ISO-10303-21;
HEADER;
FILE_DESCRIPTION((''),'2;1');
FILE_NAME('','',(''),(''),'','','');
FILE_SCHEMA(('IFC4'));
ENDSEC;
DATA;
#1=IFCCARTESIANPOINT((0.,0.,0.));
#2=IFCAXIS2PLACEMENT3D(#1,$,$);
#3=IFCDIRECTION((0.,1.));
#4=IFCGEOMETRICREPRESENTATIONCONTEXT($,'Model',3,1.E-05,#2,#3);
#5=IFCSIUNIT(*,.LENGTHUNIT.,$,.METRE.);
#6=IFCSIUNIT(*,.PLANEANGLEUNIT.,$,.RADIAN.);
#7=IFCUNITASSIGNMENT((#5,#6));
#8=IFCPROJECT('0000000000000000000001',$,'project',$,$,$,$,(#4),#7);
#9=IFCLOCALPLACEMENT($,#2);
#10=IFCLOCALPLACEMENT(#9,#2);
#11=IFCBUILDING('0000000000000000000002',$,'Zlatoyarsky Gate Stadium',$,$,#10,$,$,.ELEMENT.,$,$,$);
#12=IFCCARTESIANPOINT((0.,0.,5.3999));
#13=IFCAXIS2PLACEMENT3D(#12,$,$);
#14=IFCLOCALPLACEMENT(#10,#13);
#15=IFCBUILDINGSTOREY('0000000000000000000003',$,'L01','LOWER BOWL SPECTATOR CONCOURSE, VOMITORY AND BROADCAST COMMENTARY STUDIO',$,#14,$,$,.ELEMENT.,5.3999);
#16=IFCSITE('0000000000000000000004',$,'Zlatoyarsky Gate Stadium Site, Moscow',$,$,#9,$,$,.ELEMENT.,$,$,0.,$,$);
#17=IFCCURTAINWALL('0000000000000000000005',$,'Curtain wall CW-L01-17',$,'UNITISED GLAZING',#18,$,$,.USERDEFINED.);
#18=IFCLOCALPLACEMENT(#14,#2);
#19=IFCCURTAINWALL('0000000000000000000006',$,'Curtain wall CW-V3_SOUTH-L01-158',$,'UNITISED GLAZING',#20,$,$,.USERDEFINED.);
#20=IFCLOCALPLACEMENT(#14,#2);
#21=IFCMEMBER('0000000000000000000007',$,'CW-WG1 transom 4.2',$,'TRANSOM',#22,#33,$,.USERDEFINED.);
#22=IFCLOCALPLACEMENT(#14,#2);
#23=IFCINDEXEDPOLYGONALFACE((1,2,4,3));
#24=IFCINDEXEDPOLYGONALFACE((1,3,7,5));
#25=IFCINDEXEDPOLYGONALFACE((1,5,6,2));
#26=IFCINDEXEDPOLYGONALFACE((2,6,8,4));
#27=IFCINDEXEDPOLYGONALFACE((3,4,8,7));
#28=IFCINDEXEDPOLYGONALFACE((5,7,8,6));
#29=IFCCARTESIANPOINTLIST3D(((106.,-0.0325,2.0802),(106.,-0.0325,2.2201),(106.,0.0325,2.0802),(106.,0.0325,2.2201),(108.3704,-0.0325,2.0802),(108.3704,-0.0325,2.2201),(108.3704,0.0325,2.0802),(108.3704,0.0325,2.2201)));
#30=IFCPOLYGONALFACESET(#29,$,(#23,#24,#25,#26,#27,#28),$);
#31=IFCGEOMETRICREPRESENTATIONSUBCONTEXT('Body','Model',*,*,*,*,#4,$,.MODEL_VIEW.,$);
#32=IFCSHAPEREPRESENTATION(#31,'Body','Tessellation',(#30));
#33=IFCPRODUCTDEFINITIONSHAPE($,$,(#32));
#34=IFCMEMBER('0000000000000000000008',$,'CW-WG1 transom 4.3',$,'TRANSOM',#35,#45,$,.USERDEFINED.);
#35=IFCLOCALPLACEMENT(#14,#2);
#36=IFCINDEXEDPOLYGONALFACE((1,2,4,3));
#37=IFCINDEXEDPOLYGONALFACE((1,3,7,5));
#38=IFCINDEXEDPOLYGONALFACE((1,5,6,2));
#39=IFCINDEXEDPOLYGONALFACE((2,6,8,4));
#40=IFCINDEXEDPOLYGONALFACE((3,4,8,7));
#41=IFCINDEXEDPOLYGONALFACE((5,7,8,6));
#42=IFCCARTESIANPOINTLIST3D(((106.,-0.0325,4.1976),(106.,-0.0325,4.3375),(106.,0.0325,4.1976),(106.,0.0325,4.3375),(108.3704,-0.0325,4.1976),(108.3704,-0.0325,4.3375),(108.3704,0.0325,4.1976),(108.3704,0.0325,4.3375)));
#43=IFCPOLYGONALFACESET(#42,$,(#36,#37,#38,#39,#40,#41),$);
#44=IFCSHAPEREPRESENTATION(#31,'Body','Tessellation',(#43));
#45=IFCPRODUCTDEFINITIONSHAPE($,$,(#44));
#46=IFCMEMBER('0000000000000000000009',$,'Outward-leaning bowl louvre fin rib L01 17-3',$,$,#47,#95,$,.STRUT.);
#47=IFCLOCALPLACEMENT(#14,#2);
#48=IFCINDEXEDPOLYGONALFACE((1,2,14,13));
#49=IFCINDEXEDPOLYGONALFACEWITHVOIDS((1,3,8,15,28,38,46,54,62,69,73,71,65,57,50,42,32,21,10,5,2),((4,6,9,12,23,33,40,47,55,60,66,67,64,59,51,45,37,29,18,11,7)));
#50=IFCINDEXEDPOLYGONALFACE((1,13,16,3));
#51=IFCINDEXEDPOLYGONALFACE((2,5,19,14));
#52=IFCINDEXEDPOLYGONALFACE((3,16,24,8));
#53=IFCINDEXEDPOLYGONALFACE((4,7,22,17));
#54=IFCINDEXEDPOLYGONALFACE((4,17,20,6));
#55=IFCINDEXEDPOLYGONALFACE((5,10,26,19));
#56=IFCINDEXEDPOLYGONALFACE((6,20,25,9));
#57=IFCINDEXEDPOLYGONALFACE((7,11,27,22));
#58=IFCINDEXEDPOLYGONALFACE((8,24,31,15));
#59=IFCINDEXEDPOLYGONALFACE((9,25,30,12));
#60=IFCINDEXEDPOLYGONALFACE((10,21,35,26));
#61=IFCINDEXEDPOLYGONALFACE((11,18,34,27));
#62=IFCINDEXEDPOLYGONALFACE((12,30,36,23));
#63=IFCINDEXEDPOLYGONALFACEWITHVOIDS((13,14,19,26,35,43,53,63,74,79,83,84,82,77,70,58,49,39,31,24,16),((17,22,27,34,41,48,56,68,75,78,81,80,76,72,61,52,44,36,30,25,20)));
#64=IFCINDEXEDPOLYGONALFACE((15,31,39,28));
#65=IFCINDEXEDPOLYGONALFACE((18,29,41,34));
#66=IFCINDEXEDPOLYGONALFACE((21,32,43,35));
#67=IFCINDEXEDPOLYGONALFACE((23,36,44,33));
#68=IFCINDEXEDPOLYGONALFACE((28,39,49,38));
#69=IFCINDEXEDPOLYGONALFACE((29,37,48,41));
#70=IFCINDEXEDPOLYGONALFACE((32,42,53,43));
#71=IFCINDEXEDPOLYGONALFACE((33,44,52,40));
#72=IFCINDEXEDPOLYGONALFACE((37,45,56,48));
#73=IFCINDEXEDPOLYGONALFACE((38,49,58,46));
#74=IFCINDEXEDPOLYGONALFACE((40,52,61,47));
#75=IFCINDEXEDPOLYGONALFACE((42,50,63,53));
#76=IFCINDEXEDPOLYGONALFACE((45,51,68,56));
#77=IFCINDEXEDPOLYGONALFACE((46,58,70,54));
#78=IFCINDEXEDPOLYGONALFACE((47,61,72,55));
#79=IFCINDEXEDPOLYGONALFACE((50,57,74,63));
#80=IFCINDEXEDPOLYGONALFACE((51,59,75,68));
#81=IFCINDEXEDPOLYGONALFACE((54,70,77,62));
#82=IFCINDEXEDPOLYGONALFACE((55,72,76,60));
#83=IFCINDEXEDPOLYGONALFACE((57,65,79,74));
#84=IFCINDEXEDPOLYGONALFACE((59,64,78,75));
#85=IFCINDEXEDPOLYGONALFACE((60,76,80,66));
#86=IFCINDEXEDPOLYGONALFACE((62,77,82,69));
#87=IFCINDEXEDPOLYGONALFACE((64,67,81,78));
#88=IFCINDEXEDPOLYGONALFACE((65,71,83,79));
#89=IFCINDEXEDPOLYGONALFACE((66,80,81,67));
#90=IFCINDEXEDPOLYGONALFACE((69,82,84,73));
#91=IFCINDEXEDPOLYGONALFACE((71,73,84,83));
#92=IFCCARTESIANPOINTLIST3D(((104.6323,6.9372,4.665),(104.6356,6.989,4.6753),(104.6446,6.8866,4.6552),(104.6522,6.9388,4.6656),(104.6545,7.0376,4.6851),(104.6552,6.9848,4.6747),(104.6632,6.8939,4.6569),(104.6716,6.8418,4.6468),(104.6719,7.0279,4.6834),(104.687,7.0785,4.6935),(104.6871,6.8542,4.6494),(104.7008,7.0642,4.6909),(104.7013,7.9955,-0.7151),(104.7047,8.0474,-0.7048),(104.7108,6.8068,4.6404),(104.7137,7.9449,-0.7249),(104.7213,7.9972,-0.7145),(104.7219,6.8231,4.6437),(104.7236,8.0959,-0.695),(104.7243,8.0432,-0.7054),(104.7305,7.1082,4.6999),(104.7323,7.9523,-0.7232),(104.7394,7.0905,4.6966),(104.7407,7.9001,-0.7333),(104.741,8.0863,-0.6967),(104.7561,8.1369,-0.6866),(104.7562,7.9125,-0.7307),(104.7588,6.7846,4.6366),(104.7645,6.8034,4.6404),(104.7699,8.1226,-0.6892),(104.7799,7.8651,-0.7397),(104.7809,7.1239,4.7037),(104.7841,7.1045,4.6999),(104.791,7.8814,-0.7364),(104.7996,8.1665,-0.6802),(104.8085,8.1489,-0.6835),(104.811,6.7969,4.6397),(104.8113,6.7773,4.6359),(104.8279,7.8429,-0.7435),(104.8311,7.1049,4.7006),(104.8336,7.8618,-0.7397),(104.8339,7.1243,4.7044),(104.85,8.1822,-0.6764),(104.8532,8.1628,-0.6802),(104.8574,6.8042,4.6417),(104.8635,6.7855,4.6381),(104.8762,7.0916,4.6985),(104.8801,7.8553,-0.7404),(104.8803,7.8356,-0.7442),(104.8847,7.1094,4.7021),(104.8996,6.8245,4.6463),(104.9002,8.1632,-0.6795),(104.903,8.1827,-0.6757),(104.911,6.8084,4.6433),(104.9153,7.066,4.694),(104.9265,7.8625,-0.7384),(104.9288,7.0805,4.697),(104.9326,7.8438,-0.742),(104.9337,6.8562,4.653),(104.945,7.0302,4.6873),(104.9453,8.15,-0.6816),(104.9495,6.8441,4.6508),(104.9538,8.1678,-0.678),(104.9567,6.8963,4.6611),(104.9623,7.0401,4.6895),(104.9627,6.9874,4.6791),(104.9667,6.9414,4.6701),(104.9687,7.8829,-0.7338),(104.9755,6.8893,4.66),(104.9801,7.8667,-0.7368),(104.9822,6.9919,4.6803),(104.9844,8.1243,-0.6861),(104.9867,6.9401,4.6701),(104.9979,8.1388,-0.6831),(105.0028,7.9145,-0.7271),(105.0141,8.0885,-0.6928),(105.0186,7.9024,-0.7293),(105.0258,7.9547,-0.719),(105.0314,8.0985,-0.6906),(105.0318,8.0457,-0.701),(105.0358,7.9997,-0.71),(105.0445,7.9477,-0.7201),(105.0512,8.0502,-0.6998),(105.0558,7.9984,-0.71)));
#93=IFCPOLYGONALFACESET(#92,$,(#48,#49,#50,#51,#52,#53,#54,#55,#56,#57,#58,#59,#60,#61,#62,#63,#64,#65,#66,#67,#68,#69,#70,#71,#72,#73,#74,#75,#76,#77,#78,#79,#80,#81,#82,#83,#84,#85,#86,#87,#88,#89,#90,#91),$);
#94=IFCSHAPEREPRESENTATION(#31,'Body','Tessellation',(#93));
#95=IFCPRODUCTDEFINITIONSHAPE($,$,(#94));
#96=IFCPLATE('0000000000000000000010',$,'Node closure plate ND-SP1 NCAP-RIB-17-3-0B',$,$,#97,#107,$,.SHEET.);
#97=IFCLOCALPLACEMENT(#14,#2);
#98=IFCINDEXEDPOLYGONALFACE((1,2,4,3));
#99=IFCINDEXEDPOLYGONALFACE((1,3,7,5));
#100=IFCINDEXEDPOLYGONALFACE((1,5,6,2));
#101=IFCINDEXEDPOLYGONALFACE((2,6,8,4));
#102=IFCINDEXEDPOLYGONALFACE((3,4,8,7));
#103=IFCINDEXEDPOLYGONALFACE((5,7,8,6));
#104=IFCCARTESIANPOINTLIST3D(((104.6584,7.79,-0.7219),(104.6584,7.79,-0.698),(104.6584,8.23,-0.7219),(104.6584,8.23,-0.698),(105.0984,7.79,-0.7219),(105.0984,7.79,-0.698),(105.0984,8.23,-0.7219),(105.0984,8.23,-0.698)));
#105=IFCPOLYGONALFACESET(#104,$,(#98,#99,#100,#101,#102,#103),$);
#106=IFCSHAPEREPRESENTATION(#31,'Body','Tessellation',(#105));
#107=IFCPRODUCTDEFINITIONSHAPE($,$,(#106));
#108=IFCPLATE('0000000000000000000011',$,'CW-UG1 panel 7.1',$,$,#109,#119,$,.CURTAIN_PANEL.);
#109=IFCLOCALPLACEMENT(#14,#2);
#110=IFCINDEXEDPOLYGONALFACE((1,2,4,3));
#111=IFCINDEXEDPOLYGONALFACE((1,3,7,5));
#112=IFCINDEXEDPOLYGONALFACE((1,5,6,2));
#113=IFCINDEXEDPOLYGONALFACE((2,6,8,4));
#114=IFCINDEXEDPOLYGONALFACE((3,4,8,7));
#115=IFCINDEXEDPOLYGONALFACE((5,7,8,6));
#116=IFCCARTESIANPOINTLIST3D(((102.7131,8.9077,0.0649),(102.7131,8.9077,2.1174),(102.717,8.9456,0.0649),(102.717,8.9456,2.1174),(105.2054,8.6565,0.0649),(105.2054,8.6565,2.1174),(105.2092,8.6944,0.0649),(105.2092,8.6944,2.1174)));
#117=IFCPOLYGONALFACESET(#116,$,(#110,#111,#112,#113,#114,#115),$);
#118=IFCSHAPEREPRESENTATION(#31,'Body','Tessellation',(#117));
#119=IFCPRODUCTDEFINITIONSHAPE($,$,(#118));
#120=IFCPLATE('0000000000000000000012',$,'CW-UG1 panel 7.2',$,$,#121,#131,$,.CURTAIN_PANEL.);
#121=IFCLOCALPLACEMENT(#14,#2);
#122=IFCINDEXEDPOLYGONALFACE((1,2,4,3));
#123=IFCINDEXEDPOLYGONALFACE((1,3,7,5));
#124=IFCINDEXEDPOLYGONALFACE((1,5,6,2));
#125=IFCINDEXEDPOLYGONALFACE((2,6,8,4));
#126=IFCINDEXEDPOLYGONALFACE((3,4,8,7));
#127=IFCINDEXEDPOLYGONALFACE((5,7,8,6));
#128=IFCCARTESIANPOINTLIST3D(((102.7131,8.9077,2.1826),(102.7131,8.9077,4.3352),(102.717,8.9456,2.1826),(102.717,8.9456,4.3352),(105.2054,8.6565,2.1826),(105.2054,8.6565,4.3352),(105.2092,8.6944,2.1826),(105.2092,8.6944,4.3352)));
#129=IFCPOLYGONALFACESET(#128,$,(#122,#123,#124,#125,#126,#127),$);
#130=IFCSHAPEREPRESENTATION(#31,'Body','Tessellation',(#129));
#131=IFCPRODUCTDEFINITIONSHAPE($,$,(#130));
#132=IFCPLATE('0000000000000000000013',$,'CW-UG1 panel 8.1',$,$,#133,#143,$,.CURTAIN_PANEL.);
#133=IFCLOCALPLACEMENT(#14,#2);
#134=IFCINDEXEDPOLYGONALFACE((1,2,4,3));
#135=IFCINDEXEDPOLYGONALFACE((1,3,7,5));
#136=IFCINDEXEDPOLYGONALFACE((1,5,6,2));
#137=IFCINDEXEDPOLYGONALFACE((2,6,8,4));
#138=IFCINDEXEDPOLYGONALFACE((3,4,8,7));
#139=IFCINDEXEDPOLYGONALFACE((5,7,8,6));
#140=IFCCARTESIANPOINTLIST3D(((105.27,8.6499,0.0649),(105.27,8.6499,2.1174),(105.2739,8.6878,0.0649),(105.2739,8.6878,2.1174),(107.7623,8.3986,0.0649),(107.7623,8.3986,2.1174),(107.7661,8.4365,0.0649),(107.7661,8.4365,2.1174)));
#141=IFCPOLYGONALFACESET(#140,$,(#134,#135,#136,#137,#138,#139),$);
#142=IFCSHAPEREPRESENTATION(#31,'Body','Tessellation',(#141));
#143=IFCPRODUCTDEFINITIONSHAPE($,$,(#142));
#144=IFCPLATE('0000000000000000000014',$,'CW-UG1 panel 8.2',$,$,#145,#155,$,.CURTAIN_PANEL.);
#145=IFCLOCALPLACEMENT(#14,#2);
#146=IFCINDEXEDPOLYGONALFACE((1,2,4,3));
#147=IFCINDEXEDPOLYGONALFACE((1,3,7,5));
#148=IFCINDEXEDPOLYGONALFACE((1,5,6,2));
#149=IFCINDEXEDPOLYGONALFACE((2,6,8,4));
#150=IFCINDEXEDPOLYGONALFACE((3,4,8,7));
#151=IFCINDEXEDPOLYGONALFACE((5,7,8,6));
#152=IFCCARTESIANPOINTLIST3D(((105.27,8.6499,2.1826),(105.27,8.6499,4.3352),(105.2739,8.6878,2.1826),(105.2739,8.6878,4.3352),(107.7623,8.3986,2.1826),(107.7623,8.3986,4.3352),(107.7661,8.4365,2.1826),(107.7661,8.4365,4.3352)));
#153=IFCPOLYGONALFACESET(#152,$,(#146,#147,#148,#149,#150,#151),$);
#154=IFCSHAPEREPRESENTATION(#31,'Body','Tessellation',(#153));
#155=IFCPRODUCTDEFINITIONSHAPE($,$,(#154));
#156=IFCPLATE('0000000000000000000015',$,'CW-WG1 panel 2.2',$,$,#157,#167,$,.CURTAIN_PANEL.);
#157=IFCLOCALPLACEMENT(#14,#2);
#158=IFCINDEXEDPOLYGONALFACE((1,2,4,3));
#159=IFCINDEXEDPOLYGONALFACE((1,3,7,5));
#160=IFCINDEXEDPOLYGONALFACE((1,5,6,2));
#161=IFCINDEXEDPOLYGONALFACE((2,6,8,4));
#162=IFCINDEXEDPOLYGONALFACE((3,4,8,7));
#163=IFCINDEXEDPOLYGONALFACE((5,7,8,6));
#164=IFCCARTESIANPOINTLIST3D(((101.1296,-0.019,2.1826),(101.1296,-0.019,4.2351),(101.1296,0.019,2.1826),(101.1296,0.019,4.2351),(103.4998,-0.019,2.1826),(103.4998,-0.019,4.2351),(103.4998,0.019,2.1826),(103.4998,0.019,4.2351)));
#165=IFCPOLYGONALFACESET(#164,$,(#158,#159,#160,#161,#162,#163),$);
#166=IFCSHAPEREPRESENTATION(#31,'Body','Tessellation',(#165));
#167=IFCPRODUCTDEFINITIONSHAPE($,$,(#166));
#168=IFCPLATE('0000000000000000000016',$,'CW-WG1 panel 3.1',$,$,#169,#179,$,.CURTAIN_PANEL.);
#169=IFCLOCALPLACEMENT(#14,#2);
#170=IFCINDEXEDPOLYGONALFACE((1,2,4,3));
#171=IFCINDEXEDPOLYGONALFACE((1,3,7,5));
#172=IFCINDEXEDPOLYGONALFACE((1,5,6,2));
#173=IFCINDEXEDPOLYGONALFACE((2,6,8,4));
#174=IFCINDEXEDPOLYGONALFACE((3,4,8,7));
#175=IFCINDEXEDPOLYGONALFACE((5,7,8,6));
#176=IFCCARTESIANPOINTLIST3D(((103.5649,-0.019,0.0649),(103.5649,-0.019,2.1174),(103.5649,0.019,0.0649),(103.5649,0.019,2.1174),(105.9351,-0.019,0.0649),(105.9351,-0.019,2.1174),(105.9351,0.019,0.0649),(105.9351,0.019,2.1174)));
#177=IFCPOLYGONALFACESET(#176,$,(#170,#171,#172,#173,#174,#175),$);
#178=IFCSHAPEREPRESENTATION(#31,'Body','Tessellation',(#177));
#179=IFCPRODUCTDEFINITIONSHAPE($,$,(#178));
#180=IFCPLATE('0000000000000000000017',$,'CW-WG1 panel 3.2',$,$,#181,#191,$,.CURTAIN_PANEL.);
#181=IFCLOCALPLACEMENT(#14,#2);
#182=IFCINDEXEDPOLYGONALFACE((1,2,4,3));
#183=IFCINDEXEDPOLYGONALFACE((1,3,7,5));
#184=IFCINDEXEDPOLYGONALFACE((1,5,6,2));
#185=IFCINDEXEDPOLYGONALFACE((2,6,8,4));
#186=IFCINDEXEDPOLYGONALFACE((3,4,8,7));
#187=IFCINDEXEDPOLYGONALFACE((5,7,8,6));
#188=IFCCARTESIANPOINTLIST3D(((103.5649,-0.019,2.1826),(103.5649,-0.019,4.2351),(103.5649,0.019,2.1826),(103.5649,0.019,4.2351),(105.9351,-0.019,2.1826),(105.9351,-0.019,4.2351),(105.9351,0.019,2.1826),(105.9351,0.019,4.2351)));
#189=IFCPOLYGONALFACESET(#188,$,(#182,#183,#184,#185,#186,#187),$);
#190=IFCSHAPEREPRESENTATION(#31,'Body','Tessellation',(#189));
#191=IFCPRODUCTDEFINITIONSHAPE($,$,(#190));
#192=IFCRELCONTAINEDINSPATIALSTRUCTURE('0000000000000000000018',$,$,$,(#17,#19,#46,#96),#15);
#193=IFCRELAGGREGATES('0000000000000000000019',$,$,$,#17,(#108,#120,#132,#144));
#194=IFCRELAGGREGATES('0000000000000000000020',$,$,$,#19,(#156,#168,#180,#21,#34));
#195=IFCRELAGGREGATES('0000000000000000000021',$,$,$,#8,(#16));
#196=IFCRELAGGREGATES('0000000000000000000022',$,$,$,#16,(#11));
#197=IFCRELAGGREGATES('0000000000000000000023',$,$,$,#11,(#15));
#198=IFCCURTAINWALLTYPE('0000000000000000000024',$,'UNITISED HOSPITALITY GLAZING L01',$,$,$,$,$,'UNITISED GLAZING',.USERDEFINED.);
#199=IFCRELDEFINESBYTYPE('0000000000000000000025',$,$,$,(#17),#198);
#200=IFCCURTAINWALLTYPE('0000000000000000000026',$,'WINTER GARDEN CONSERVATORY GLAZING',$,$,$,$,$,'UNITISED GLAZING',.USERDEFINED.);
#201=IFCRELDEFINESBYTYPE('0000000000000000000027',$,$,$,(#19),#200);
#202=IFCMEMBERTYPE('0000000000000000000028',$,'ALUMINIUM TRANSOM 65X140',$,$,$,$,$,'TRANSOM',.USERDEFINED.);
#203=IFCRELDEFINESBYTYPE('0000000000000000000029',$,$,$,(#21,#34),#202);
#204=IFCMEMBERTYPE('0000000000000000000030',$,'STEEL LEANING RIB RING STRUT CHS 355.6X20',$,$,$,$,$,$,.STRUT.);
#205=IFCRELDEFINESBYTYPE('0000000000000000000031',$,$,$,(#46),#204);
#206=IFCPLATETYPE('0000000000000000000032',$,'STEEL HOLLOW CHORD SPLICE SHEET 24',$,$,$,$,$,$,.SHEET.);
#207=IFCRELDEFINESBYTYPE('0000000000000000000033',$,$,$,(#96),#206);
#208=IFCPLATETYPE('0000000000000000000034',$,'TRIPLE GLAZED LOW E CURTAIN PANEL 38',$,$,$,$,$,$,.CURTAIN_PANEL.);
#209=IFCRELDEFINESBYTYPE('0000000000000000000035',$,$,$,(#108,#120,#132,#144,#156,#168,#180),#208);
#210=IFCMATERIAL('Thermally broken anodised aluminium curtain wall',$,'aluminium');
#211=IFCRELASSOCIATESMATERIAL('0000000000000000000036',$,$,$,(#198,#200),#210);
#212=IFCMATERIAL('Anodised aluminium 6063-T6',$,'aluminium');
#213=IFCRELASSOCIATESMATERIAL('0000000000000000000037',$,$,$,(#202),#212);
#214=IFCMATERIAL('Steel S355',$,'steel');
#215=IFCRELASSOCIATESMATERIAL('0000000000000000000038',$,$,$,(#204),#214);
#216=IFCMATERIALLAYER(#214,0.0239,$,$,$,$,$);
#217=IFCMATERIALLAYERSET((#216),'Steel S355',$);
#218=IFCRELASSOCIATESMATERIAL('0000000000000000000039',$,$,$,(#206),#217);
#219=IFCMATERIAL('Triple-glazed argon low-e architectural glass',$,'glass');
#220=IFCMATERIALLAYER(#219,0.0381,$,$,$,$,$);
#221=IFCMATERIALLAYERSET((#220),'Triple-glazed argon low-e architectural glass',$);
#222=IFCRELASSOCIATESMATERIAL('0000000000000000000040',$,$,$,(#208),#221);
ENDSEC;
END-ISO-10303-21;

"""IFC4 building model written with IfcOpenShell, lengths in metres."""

from ifc_helpers import new_model, si_unit, direction, frame, origin, origin_2d, place, context, subcontext, project, spatial, rectangle, hollow_circle, extrude, material, layer, layer_set, material_profile, profile_set, type_object, element, aggregate, save


model = new_model("IFC4")

# Units and contexts
model_context = context("Model", 3, precision=1e-05, world=origin(), true_north=direction((0.0, 1.0)))
body_context = subcontext(model_context, "Body", "Model", "MODEL_VIEW")
ifc_project = project(units=[si_unit("LENGTHUNIT", "METRE"), si_unit("PLANEANGLEUNIT", "RADIAN")], contexts=[model_context])

# Site, building, storey
site_placement = place(None, origin())
site = spatial("IfcSite", under=ifc_project, at=site_placement, Name="Zlatoyarsky Gate Stadium Site, Moscow", CompositionType="ELEMENT", RefElevation=0.0)
building_placement = place(site_placement, origin())
building = spatial("IfcBuilding", under=site, at=building_placement, Name="Zlatoyarsky Gate Stadium", CompositionType="ELEMENT")
storey_placement = place(building_placement, frame((0.0, 0.0, 5.3999)))
storey = spatial("IfcBuildingStorey", under=building, at=storey_placement, Name="L01", Description="LOWER BOWL SPECTATOR CONCOURSE, VOMITORY AND BROADCAST COMMENTARY STUDIO", CompositionType="ELEMENT", Elevation=5.3999)

# Curtain walls
ifc_material_1 = material(Name="Thermally broken anodised aluminium curtain wall", Category="aluminium")
curtain_wall_type_1 = type_object("IfcCurtainWallType", Name="UNITISED HOSPITALITY GLAZING L01", ElementType="UNITISED GLAZING", PredefinedType="USERDEFINED", material=ifc_material_1)
curtain_wall_1_placement = place(storey_placement, origin())
curtain_wall_1 = element("IfcCurtainWall", 1, at=curtain_wall_1_placement, inside=storey, type_object=curtain_wall_type_1, Name="Curtain wall CW-L01-17", ObjectType="UNITISED GLAZING", PredefinedType="USERDEFINED")
ifc_material_2 = material(Name="Anodised aluminium 6063-T6", Category="aluminium")
curtain_wall_type_2 = type_object("IfcCurtainWallType", Name="WINTER GARDEN CONSERVATORY GLAZING", ElementType="UNITISED GLAZING", PredefinedType="USERDEFINED", material=ifc_material_1)
curtain_wall_2_placement = place(storey_placement, origin())
curtain_wall_2 = element("IfcCurtainWall", 2, at=curtain_wall_2_placement, inside=storey, type_object=curtain_wall_type_2, Name="Curtain wall CW-V3_SOUTH-L01-158", ObjectType="UNITISED GLAZING", PredefinedType="USERDEFINED")

# Members
ifc_material_profile_1 = material_profile(ifc_material_2, rectangle(XDim=0.0649, YDim=0.1399, at=origin_2d()), Name="ALU 65X140")
ifc_profile_set_1 = profile_set([ifc_material_profile_1], Name="Anodised aluminium 6063-T6")
member_type_1 = type_object("IfcMemberType", Name="ALUMINIUM TRANSOM 65X140", ElementType="TRANSOM", PredefinedType="USERDEFINED", material=ifc_profile_set_1)
member_1_placement = place(storey_placement, frame((106.0, 0.0, 2.1501), z_axis=(1.0, 0.0, 0.0), x_axis=(0.0, 1.0, 0.0)))
member_1 = element("IfcMember", 3, at=member_1_placement, type_object=member_type_1, Name="CW-WG1 transom 4.2", ObjectType="TRANSOM", PredefinedType="USERDEFINED", context=body_context, shape_type="SweptSolid", body=[
    extrude(rectangle(XDim=0.0649, YDim=0.1399, at=origin_2d()), origin(), (0.0, 0.0, 1.0), 2.3704),
])
member_2_placement = place(storey_placement, frame((106.0, 0.0, 4.2676), z_axis=(1.0, 0.0, 0.0), x_axis=(0.0, 1.0, 0.0)))
member_2 = element("IfcMember", 4, at=member_2_placement, type_object=member_type_1, Name="CW-WG1 transom 4.3", ObjectType="TRANSOM", PredefinedType="USERDEFINED", context=body_context, shape_type="SweptSolid", body=[
    extrude(rectangle(XDim=0.0649, YDim=0.1399, at=origin_2d()), origin(), (0.0, 0.0, 1.0), 2.3704),
])
ifc_material_3 = material(Name="Steel S355", Category="steel")
ifc_material_profile_2 = material_profile(ifc_material_3, hollow_circle(Radius=0.1777, WallThickness=0.02, at=origin_2d()), Name="CHS 355.6X20")
ifc_profile_set_2 = profile_set([ifc_material_profile_2], Name="Steel S355")
member_type_2 = type_object("IfcMemberType", Name="STEEL LEANING RIB RING STRUT CHS 355.6X20", PredefinedType="STRUT", material=ifc_profile_set_2)
member_3_placement = place(storey_placement, frame((104.8784, 8.01, -0.71), z_axis=(-0.0126, -0.193, 0.981118), x_axis=(0.997876, -0.065144, 0.0)))
element("IfcMember", 5, at=member_3_placement, inside=storey, type_object=member_type_2, Name="Outward-leaning bowl louvre fin rib L01 17-3", PredefinedType="STRUT", context=body_context, shape_type="SweptSolid", body=[
    extrude(hollow_circle(Radius=0.1777, WallThickness=0.02, at=origin_2d()), origin(), (0.0, 0.0, 1.0), 5.4836),
])

# Plates
ifc_layer_1 = layer(ifc_material_3, 0.0239)
ifc_layer_set_1 = layer_set([ifc_layer_1], Name="Steel S355")
plate_type_1 = type_object("IfcPlateType", Name="STEEL HOLLOW CHORD SPLICE SHEET 24", PredefinedType="SHEET", material=ifc_layer_set_1)
plate_1_placement = place(storey_placement, frame((104.8784, 8.01, -0.7219), z_axis=(0.0, 0.0, 1.0), x_axis=(1.0, 0.0, 0.0)))
element("IfcPlate", 6, at=plate_1_placement, inside=storey, type_object=plate_type_1, Name="Node closure plate ND-SP1 NCAP-RIB-17-3-0B", PredefinedType="SHEET", context=body_context, shape_type="SweptSolid", body=[
    extrude(rectangle(XDim=0.4399, YDim=0.4399, at=origin_2d()), origin(), (0.0, 0.0, 1.0), 0.0239),
])
ifc_material_4 = material(Name="Triple-glazed argon low-e architectural glass", Category="glass")
ifc_layer_2 = layer(ifc_material_4, 0.0381)
ifc_layer_set_2 = layer_set([ifc_layer_2], Name="Triple-glazed argon low-e architectural glass")
plate_type_2 = type_object("IfcPlateType", Name="TRIPLE GLAZED LOW E CURTAIN PANEL 38", PredefinedType="CURTAIN_PANEL", material=ifc_layer_set_2)
plate_2_placement = place(storey_placement, frame((103.9612, 8.801, 0.0649), z_axis=(0.0, 0.0, 1.0), x_axis=(0.994957, -0.1003, 0.0)))
plate_2 = element("IfcPlate", 7, at=plate_2_placement, type_object=plate_type_2, Name="CW-UG1 panel 7.1", PredefinedType="CURTAIN_PANEL", context=body_context, shape_type="SweptSolid", body=[
    extrude(rectangle(XDim=2.5049, YDim=0.0381, at=origin_2d()), origin(), (0.0, 0.0, 1.0), 2.0525),
])
plate_3_placement = place(storey_placement, frame((103.9612, 8.801, 2.1826), z_axis=(0.0, 0.0, 1.0), x_axis=(0.994957, -0.1003, 0.0)))
plate_3 = element("IfcPlate", 8, at=plate_3_placement, type_object=plate_type_2, Name="CW-UG1 panel 7.2", PredefinedType="CURTAIN_PANEL", context=body_context, shape_type="SweptSolid", body=[
    extrude(rectangle(XDim=2.5049, YDim=0.0381, at=origin_2d()), origin(), (0.0, 0.0, 1.0), 2.1526),
])
plate_4_placement = place(storey_placement, frame((106.5181, 8.5432, 0.0649), z_axis=(0.0, 0.0, 1.0), x_axis=(0.994957, -0.1003, 0.0)))
plate_4 = element("IfcPlate", 9, at=plate_4_placement, type_object=plate_type_2, Name="CW-UG1 panel 8.1", PredefinedType="CURTAIN_PANEL", context=body_context, shape_type="SweptSolid", body=[
    extrude(rectangle(XDim=2.5049, YDim=0.0381, at=origin_2d()), origin(), (0.0, 0.0, 1.0), 2.0525),
])
plate_5_placement = place(storey_placement, frame((106.5181, 8.5432, 2.1826), z_axis=(0.0, 0.0, 1.0), x_axis=(0.994957, -0.1003, 0.0)))
plate_5 = element("IfcPlate", 10, at=plate_5_placement, type_object=plate_type_2, Name="CW-UG1 panel 8.2", PredefinedType="CURTAIN_PANEL", context=body_context, shape_type="SweptSolid", body=[
    extrude(rectangle(XDim=2.5049, YDim=0.0381, at=origin_2d()), origin(), (0.0, 0.0, 1.0), 2.1526),
])
aggregate(curtain_wall_1, [plate_2, plate_3, plate_4, plate_5])
plate_6_placement = place(storey_placement, frame((102.3147, 0.0, 2.1826), z_axis=(0.0, 0.0, 1.0), x_axis=(1.0, 0.0, 0.0)))
plate_6 = element("IfcPlate", 11, at=plate_6_placement, type_object=plate_type_2, Name="CW-WG1 panel 2.2", PredefinedType="CURTAIN_PANEL", context=body_context, shape_type="SweptSolid", body=[
    extrude(rectangle(XDim=2.3701, YDim=0.0381, at=origin_2d()), origin(), (0.0, 0.0, 1.0), 2.0525),
])
plate_7_placement = place(storey_placement, frame((104.75, 0.0, 0.0649), z_axis=(0.0, 0.0, 1.0), x_axis=(1.0, 0.0, 0.0)))
plate_7 = element("IfcPlate", 12, at=plate_7_placement, type_object=plate_type_2, Name="CW-WG1 panel 3.1", PredefinedType="CURTAIN_PANEL", context=body_context, shape_type="SweptSolid", body=[
    extrude(rectangle(XDim=2.3701, YDim=0.0381, at=origin_2d()), origin(), (0.0, 0.0, 1.0), 2.0525),
])
plate_8_placement = place(storey_placement, frame((104.75, 0.0, 2.1826), z_axis=(0.0, 0.0, 1.0), x_axis=(1.0, 0.0, 0.0)))
plate_8 = element("IfcPlate", 13, at=plate_8_placement, type_object=plate_type_2, Name="CW-WG1 panel 3.2", PredefinedType="CURTAIN_PANEL", context=body_context, shape_type="SweptSolid", body=[
    extrude(rectangle(XDim=2.3701, YDim=0.0381, at=origin_2d()), origin(), (0.0, 0.0, 1.0), 2.0525),
])
aggregate(curtain_wall_2, [plate_6, plate_7, plate_8, member_1, member_2])

save(model, "model.ifc")
